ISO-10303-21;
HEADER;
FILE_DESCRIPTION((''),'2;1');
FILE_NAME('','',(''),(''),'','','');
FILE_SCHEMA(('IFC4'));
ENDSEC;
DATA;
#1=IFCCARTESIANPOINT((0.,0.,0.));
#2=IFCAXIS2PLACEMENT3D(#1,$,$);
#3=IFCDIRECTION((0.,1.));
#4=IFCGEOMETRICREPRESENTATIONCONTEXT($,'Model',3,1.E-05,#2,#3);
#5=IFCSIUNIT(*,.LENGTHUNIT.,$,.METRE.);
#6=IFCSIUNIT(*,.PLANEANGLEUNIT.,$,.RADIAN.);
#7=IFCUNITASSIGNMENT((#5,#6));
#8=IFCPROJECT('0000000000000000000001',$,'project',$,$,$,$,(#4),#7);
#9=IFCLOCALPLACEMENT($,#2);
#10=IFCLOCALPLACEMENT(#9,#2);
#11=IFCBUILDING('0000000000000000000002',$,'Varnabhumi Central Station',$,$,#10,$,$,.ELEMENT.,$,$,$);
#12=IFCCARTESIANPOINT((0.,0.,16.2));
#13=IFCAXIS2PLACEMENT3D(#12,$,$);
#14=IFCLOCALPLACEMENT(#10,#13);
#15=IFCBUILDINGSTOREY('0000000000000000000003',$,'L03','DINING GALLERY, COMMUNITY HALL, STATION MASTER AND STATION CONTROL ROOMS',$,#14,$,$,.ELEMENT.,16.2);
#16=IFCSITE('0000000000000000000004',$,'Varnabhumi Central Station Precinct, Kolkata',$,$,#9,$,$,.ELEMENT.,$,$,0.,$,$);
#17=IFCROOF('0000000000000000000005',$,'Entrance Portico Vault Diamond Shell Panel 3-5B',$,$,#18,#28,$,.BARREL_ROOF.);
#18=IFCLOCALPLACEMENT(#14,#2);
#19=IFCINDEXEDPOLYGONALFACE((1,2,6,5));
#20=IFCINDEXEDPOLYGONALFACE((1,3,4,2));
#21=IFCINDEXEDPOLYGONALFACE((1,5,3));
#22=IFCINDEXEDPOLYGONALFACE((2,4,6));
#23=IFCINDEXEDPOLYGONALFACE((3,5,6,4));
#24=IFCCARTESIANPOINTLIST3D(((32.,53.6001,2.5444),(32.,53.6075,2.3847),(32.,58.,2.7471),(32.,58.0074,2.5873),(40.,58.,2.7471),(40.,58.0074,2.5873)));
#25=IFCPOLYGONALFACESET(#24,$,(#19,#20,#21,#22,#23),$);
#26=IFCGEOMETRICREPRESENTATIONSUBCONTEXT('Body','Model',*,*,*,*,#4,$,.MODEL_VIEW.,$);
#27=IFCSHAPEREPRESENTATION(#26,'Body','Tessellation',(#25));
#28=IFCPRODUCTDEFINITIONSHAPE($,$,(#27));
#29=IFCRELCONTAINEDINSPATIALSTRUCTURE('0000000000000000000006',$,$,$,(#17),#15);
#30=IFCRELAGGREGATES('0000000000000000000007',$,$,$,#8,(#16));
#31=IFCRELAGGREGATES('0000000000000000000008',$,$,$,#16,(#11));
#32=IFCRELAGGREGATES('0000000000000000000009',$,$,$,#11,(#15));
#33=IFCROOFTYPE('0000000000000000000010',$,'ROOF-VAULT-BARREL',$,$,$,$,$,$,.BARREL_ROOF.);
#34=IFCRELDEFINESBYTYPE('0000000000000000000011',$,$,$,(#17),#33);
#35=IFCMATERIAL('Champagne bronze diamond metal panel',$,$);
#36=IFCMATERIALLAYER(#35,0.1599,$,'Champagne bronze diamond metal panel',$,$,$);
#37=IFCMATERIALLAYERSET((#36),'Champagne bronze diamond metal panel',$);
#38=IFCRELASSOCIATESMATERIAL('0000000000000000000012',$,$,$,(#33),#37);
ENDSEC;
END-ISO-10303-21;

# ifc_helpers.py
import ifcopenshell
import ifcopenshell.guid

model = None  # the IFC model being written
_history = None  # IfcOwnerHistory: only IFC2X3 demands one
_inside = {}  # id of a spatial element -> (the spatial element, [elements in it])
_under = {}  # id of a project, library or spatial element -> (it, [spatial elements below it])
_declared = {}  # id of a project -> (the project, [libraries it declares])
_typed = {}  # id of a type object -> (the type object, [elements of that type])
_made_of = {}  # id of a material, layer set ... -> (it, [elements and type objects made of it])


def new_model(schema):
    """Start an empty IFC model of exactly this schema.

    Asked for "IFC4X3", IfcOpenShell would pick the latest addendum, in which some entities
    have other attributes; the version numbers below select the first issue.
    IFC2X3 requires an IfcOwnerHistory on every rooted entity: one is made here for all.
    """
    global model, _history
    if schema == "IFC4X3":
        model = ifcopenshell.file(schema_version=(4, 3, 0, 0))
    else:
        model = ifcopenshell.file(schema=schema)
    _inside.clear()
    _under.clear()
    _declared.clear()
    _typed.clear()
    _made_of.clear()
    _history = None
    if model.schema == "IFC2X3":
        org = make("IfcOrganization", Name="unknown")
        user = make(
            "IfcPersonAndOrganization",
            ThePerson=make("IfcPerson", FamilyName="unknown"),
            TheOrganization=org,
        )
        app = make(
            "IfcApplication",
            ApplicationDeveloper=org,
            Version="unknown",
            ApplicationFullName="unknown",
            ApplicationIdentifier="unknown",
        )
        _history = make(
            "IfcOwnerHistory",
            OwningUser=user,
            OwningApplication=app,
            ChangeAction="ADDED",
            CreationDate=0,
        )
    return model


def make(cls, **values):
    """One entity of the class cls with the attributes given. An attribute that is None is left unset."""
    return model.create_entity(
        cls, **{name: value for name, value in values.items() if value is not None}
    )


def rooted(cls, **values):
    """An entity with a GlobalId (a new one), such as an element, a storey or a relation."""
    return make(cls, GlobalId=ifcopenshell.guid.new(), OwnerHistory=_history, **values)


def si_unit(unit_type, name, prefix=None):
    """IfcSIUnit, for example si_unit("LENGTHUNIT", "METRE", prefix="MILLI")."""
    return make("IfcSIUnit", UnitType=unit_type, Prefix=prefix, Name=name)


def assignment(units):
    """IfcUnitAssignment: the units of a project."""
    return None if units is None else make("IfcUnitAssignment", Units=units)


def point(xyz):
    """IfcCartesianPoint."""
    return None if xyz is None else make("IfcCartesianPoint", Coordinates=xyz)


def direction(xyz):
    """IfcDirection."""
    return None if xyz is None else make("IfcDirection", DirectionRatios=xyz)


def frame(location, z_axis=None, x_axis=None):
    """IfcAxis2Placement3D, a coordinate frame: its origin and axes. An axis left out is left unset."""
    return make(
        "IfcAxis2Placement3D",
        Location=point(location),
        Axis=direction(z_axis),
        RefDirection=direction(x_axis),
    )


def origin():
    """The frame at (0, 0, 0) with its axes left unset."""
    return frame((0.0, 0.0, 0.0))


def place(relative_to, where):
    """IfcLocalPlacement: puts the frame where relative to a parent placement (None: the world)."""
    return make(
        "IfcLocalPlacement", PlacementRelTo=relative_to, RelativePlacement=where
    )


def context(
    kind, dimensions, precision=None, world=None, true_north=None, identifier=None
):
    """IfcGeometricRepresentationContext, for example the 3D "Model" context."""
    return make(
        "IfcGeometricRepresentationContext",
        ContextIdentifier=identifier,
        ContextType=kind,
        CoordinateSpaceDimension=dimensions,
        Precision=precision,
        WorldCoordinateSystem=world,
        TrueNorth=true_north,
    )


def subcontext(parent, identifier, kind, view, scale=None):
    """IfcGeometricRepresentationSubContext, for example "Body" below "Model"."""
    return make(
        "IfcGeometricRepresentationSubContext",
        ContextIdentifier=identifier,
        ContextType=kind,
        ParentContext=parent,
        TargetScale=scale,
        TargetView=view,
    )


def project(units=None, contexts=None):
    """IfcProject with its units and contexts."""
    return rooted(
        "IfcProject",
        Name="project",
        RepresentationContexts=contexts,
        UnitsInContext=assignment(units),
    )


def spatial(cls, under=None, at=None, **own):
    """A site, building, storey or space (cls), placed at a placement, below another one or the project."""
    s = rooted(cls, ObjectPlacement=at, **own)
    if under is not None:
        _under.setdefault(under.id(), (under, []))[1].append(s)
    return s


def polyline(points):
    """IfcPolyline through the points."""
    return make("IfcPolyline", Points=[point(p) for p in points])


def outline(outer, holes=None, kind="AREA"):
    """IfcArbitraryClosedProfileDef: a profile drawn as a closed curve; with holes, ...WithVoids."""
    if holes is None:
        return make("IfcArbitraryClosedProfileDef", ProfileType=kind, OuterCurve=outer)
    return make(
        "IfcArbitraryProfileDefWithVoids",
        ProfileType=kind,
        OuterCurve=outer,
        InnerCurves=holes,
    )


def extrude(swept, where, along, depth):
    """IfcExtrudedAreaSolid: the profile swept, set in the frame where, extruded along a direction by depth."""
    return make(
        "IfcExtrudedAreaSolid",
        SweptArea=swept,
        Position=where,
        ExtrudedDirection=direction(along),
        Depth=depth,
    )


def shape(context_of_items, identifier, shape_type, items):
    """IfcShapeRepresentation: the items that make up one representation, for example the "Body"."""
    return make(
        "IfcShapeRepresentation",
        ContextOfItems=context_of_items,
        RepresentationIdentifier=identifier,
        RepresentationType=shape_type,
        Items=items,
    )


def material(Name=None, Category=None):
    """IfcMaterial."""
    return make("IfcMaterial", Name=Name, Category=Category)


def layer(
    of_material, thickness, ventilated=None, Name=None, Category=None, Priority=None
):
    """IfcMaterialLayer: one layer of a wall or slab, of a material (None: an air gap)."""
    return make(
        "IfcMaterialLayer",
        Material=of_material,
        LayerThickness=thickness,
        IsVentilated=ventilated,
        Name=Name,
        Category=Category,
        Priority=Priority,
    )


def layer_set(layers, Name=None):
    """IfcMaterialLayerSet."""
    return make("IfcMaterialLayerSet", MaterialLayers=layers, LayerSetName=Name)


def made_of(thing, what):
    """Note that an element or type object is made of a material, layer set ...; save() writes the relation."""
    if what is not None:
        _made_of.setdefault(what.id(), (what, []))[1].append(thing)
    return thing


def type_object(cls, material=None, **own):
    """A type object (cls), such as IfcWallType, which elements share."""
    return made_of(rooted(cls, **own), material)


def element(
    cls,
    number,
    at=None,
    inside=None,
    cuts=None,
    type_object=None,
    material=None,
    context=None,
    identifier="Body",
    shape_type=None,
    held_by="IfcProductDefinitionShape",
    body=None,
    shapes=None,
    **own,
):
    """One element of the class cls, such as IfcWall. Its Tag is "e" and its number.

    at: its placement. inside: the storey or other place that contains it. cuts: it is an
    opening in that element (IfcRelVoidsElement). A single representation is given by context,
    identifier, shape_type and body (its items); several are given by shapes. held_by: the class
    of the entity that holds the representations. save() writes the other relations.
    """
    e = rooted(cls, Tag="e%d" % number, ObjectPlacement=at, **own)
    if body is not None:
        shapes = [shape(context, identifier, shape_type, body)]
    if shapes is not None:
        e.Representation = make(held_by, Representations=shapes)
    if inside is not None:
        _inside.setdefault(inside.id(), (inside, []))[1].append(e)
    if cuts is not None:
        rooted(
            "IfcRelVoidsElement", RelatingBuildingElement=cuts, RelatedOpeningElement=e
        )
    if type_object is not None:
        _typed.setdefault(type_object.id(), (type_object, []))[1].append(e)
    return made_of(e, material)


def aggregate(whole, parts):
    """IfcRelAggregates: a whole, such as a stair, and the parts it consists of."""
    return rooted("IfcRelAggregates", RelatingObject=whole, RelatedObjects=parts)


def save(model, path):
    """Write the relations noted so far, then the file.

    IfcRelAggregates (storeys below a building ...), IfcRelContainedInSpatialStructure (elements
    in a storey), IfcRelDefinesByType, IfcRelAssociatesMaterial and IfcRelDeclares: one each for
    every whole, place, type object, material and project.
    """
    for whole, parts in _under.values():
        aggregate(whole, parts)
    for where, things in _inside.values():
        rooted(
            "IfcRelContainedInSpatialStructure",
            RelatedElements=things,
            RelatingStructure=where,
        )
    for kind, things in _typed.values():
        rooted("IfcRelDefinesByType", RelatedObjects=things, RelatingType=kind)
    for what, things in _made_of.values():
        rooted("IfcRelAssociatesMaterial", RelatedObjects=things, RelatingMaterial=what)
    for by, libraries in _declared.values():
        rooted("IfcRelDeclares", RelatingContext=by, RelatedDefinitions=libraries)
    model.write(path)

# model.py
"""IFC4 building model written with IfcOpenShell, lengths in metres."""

from ifc_helpers import new_model, si_unit, direction, frame, origin, place, context, subcontext, project, spatial, polyline, outline, extrude, material, layer, layer_set, type_object, element, save


model = new_model("IFC4")

# Units and contexts
model_context = context("Model", 3, precision=1e-05, world=origin(), true_north=direction((0.0, 1.0)))
body_context = subcontext(model_context, "Body", "Model", "MODEL_VIEW")
ifc_project = project(units=[si_unit("LENGTHUNIT", "METRE"), si_unit("PLANEANGLEUNIT", "RADIAN")], contexts=[model_context])

# Site, building, storey
site_placement = place(None, origin())
site = spatial("IfcSite", under=ifc_project, at=site_placement, Name="Varnabhumi Central Station Precinct, Kolkata", CompositionType="ELEMENT", RefElevation=0.0)
building_placement = place(site_placement, origin())
building = spatial("IfcBuilding", under=site, at=building_placement, Name="Varnabhumi Central Station", CompositionType="ELEMENT")
storey_placement = place(building_placement, frame((0.0, 0.0, 16.2)))
storey = spatial("IfcBuildingStorey", under=building, at=storey_placement, Name="L03", Description="DINING GALLERY, COMMUNITY HALL, STATION MASTER AND STATION CONTROL ROOMS", CompositionType="ELEMENT", Elevation=16.2)

# Roof
ifc_material_1 = material(Name="Champagne bronze diamond metal panel")
ifc_layer_1 = layer(ifc_material_1, 0.1599, Name="Champagne bronze diamond metal panel")
ifc_layer_set_1 = layer_set([ifc_layer_1], Name="Champagne bronze diamond metal panel")
roof_type = type_object("IfcRoofType", Name="ROOF-VAULT-BARREL", PredefinedType="BARREL_ROOF", material=ifc_layer_set_1)
roof_1_placement = place(storey_placement, frame((32.0, 53.6001, 2.5444), z_axis=(0.0, -0.046006, 0.998941), x_axis=(0.876005, 0.481792, 0.022189)))
element("IfcRoof", 1, at=roof_1_placement, inside=storey, type_object=roof_type, Name="Entrance Portico Vault Diamond Shell Panel 3-5B", PredefinedType="BARREL_ROOF", context=body_context, shape_type="SweptSolid", body=[
    extrude(outline(polyline([(0.0, 0.0), (9.1324, 0.0), (2.1243, 3.8584), (0.0, 0.0)])), origin(), (0.0, 0.0, -1.0), 0.1599),
])

save(model, "model.ifc")
